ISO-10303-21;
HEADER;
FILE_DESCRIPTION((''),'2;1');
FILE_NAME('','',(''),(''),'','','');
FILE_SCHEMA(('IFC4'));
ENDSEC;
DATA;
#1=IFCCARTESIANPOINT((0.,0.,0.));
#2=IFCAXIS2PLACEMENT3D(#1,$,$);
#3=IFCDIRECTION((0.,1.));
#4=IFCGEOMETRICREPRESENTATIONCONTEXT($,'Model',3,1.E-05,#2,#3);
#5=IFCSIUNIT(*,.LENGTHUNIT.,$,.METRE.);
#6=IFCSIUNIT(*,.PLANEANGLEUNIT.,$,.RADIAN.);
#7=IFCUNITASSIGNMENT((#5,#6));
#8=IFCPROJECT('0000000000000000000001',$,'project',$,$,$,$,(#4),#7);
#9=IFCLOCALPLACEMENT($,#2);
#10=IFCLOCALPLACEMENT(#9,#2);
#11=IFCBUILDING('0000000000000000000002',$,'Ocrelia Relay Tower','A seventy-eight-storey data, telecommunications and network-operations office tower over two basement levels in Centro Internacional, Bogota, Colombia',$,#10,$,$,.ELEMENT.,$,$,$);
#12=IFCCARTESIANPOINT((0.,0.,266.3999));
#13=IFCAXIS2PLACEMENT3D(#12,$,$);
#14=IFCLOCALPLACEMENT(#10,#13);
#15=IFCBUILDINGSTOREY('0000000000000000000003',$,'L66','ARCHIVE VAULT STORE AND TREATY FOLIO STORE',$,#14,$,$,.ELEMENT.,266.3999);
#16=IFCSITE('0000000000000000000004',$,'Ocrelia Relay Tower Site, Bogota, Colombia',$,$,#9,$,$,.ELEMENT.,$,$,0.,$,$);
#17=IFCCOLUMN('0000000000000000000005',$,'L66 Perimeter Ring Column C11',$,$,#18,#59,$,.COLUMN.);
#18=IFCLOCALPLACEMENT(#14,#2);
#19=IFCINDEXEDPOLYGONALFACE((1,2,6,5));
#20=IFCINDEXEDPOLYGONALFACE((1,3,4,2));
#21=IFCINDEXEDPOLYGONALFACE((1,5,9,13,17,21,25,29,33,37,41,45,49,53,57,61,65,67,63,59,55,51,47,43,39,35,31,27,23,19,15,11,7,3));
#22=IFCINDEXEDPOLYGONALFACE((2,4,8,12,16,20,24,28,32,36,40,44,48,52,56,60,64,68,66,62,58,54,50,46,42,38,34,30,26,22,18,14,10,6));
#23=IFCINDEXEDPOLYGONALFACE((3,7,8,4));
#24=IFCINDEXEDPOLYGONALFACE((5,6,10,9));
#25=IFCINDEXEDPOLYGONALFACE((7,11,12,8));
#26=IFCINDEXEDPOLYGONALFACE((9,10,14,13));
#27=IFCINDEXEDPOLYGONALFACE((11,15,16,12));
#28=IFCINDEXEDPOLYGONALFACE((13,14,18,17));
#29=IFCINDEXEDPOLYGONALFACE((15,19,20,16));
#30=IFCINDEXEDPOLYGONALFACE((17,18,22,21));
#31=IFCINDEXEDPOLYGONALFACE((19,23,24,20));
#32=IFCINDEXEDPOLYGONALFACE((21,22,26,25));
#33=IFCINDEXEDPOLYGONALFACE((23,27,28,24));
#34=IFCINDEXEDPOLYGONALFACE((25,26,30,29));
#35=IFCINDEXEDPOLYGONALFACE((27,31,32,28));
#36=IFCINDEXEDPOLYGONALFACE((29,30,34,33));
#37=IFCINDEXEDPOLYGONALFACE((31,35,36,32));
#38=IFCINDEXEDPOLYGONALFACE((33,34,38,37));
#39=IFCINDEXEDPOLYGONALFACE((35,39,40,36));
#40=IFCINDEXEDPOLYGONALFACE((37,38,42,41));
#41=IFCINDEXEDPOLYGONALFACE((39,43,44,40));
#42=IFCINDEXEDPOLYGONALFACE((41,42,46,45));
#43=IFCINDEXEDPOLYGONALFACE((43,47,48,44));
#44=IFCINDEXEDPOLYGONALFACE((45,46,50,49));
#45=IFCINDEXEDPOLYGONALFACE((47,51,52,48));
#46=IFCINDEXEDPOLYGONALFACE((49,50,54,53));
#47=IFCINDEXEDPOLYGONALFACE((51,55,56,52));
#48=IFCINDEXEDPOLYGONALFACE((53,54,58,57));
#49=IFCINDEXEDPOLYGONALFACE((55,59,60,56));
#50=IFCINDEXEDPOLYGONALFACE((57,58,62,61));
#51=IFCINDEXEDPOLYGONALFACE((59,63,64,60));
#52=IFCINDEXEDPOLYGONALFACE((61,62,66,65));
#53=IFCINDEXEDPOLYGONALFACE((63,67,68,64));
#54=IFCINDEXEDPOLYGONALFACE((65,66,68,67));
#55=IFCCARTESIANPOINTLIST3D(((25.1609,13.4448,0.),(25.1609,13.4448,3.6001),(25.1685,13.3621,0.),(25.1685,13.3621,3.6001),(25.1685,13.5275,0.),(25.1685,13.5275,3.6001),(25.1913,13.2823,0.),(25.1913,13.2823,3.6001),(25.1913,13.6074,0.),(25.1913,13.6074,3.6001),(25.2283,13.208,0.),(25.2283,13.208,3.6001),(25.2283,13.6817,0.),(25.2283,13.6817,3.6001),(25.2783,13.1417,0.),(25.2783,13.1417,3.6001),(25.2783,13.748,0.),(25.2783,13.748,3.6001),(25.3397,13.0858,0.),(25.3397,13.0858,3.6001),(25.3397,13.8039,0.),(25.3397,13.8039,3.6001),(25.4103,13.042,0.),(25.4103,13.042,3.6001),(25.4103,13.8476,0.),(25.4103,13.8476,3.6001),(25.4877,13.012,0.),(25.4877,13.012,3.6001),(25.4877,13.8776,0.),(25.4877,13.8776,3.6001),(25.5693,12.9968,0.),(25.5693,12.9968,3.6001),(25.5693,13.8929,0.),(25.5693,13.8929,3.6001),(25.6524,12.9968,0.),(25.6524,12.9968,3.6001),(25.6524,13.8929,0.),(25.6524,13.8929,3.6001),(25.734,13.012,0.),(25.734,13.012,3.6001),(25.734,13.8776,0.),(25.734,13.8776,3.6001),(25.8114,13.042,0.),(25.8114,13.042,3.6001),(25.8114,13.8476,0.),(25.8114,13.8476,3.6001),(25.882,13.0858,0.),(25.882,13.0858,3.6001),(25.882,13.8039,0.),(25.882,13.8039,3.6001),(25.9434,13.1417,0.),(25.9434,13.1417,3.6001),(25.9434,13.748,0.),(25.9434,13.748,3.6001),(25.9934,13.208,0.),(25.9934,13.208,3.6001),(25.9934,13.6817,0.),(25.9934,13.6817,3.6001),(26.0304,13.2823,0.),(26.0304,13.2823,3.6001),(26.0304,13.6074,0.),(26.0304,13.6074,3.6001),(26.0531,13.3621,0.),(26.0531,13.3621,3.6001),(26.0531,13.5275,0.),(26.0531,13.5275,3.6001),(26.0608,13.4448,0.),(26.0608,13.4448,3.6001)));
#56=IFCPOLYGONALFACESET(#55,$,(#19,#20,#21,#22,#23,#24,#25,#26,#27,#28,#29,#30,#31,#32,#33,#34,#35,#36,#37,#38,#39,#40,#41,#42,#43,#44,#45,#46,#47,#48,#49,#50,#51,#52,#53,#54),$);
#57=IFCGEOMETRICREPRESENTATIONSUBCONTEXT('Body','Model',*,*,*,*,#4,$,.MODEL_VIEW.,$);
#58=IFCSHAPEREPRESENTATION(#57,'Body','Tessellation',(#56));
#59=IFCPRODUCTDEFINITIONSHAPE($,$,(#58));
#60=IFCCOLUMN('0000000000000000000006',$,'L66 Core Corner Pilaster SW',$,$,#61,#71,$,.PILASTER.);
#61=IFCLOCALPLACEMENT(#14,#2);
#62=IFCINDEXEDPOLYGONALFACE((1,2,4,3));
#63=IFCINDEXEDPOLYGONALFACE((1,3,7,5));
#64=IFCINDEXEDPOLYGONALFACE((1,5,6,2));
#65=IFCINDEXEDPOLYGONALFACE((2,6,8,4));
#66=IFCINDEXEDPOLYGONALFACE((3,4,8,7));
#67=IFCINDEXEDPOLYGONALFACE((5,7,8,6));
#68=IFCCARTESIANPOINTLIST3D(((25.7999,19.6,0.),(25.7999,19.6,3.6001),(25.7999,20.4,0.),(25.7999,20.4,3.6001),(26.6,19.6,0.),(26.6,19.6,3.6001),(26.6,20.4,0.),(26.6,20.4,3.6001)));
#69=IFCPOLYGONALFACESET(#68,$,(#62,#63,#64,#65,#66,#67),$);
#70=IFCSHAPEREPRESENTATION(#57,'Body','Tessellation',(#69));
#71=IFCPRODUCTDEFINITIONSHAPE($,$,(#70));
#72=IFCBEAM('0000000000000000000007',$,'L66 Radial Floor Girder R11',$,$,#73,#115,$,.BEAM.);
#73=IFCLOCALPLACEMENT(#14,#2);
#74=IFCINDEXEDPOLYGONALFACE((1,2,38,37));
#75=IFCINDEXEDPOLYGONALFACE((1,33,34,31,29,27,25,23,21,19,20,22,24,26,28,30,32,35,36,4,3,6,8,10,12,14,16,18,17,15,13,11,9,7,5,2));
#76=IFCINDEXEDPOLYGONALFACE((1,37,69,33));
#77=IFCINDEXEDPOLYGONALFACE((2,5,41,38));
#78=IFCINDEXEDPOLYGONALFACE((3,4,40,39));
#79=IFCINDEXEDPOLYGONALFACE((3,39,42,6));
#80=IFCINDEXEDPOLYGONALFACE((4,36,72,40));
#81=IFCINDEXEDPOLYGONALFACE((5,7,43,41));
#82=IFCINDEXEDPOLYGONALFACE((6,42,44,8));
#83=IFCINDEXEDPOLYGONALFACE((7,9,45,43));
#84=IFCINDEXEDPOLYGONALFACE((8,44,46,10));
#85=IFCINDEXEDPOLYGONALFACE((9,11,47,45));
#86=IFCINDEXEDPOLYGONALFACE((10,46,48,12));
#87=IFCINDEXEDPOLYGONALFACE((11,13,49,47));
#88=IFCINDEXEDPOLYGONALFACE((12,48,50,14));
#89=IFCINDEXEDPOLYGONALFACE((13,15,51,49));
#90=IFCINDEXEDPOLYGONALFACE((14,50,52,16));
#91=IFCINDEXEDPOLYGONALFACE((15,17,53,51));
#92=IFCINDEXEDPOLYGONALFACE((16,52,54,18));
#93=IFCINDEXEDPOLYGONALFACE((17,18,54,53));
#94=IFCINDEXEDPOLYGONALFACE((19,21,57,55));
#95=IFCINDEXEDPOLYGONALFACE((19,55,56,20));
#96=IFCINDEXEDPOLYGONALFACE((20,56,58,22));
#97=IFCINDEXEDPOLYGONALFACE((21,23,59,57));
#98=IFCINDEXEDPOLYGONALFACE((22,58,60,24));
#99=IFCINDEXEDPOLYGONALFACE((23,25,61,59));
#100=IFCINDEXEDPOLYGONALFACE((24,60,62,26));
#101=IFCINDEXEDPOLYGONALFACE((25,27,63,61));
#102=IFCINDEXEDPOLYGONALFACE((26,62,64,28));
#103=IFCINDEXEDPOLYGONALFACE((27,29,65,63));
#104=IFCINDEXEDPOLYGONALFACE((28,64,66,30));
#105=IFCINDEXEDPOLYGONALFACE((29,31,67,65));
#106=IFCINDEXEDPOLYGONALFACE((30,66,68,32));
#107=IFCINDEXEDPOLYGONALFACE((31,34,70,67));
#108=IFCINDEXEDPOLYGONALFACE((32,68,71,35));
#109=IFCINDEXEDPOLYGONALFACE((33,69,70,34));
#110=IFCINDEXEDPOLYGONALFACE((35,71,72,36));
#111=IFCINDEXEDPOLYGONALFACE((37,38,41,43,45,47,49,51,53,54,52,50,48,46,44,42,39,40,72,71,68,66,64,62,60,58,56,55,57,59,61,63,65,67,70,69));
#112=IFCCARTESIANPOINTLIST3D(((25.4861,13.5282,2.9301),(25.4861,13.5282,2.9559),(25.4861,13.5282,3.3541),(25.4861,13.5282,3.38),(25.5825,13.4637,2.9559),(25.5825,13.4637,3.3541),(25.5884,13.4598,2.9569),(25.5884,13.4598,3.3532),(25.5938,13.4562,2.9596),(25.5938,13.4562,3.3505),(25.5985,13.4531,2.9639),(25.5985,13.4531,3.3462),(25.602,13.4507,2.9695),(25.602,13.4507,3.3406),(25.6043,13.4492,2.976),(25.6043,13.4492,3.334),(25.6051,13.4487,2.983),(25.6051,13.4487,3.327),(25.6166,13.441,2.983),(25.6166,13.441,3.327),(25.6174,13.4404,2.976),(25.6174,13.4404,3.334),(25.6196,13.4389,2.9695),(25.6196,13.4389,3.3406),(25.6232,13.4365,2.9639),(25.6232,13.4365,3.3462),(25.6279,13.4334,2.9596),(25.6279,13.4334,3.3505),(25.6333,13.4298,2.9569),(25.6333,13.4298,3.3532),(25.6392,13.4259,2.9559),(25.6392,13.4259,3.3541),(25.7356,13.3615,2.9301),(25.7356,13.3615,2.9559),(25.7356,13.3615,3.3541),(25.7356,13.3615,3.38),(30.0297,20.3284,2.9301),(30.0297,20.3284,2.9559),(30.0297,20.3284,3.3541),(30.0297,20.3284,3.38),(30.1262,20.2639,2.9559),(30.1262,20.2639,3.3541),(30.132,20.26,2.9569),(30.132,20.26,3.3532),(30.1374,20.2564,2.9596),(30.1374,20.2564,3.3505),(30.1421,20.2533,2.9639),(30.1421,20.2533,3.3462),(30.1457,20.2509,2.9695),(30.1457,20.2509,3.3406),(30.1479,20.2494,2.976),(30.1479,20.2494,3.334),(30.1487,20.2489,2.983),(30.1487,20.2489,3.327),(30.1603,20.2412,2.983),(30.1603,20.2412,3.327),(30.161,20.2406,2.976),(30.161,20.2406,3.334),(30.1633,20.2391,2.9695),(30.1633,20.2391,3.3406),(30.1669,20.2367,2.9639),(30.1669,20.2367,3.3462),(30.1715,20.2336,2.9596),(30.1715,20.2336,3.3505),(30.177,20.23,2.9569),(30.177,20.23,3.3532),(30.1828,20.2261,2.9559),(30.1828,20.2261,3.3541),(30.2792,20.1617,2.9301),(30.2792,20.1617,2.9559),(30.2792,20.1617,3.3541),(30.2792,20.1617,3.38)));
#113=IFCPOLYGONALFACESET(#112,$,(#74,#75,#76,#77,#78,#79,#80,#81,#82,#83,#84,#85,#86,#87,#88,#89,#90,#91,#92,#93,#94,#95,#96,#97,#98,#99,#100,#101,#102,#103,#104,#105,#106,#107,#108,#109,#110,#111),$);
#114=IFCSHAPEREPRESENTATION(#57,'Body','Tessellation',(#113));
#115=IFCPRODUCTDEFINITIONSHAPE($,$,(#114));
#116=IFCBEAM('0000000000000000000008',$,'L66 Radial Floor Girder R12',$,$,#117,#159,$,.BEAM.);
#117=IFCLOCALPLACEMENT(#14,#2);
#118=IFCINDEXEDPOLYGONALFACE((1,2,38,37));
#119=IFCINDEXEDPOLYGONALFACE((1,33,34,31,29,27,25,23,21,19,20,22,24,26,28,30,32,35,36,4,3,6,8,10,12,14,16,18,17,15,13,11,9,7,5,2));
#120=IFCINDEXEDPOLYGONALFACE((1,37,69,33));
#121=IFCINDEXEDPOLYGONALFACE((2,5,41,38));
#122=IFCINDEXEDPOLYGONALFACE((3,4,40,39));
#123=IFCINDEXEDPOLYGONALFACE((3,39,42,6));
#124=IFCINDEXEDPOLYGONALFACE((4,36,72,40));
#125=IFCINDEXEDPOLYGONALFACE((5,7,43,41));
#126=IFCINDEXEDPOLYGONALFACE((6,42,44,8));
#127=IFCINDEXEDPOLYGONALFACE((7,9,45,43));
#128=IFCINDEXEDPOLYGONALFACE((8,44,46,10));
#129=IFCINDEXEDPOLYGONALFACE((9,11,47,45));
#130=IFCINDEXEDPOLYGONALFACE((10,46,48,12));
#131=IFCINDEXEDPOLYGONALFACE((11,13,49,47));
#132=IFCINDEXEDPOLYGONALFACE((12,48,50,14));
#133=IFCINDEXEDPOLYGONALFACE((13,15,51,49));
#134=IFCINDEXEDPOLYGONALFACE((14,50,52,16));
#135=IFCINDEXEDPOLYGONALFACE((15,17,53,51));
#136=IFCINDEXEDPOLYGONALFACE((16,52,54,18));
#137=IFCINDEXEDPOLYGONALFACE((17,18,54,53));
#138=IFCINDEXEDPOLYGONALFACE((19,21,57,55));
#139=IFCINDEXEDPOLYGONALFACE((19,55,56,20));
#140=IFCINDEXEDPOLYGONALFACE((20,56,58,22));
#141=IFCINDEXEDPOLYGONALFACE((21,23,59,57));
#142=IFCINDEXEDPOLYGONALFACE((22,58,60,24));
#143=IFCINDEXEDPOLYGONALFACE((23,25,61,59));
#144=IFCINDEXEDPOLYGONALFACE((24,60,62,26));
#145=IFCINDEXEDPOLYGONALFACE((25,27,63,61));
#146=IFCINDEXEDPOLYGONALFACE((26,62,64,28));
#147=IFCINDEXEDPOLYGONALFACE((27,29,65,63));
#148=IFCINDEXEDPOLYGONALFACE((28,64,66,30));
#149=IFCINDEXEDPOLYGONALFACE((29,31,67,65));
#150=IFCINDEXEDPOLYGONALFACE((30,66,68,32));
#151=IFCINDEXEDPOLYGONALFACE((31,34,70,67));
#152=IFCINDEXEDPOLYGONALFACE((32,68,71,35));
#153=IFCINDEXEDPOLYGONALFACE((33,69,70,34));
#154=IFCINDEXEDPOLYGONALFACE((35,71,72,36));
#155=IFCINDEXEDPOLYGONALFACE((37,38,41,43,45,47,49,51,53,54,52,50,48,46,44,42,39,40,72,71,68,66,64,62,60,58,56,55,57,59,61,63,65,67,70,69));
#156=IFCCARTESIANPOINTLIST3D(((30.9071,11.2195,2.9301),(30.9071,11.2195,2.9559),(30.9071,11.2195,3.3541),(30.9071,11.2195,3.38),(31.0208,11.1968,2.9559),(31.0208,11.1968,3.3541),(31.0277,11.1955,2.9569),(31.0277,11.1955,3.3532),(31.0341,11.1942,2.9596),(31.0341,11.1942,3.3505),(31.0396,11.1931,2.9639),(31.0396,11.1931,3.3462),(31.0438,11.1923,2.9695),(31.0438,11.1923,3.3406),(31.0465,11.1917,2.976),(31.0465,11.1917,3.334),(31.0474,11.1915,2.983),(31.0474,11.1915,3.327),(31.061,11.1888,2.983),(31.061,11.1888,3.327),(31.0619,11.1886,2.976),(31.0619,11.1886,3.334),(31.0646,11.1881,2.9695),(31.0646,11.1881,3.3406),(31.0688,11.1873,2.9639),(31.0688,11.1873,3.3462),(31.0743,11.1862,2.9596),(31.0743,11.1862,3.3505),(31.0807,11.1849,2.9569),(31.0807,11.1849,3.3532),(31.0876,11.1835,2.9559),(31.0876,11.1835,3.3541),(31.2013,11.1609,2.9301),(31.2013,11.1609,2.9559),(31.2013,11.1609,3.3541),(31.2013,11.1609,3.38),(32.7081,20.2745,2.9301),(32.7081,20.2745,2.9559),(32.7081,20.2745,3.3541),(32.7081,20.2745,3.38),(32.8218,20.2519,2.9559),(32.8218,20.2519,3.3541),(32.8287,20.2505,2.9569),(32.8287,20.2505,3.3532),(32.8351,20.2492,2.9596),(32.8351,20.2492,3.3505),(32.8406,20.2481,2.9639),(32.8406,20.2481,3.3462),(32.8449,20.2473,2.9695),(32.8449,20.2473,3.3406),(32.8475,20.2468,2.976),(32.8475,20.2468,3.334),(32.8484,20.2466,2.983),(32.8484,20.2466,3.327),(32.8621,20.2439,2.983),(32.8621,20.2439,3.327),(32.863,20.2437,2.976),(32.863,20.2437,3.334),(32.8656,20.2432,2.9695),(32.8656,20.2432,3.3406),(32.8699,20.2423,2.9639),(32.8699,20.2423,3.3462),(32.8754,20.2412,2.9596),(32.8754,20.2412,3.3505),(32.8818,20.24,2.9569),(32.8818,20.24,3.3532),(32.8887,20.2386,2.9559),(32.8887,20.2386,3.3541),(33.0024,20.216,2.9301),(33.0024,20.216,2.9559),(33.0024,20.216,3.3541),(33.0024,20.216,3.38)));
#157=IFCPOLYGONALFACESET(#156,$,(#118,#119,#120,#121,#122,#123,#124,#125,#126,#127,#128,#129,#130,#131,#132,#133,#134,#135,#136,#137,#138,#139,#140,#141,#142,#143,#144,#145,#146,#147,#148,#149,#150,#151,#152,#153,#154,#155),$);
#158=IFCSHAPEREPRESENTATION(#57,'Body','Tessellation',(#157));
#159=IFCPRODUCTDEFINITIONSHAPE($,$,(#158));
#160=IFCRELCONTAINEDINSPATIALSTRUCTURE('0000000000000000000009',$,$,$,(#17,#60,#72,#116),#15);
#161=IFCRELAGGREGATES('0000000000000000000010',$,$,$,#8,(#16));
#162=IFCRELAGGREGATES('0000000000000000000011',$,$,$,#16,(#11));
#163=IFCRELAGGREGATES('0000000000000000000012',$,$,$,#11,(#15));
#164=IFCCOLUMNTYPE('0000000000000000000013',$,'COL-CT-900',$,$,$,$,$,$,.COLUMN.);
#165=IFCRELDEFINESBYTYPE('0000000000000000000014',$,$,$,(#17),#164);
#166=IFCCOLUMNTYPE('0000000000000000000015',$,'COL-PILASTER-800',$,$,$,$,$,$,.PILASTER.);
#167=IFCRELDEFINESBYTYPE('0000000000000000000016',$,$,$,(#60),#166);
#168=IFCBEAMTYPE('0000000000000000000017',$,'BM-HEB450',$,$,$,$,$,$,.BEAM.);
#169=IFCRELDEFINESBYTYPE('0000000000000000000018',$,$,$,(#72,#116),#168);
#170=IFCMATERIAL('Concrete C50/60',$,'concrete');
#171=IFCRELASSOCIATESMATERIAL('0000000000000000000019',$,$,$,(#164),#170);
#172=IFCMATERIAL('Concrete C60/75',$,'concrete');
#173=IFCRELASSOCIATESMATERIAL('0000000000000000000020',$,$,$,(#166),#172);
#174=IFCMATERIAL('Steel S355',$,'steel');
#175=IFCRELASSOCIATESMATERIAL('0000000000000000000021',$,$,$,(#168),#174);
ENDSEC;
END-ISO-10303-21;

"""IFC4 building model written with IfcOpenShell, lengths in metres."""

from ifc_helpers import new_model, si_unit, direction, frame, origin, origin_2d, place, context, subcontext, project, spatial, rectangle, circle, i_section, extrude, material, material_profile, profile_set, type_object, element, save


model = new_model("IFC4")

# Units and contexts
model_context = context("Model", 3, precision=1e-05, world=origin(), true_north=direction((0.0, 1.0)))
body_context = subcontext(model_context, "Body", "Model", "MODEL_VIEW")
ifc_project = project(units=[si_unit("LENGTHUNIT", "METRE"), si_unit("PLANEANGLEUNIT", "RADIAN")], contexts=[model_context])

# Site, building, storey
site_placement = place(None, origin())
site = spatial("IfcSite", under=ifc_project, at=site_placement, Name="Ocrelia Relay Tower Site, Bogota, Colombia", CompositionType="ELEMENT", RefElevation=0.0)
building_placement = place(site_placement, origin())
building = spatial("IfcBuilding", under=site, at=building_placement, Name="Ocrelia Relay Tower", Description="A seventy-eight-storey data, telecommunications and network-operations office tower over two basement levels in Centro Internacional, Bogota, Colombia", CompositionType="ELEMENT")
storey_placement = place(building_placement, frame((0.0, 0.0, 266.3999)))
storey = spatial("IfcBuildingStorey", under=building, at=storey_placement, Name="L66", Description="ARCHIVE VAULT STORE AND TREATY FOLIO STORE", CompositionType="ELEMENT", Elevation=266.3999)

# Columns
ifc_material_1 = material(Name="Concrete C50/60", Category="concrete")
ifc_material_profile_1 = material_profile(ifc_material_1, circle(Radius=0.45, at=origin_2d()), Name="RC-CIR-900")
ifc_profile_set_1 = profile_set([ifc_material_profile_1], Name="Concrete C50/60")
column_type_1 = type_object("IfcColumnType", Name="COL-CT-900", PredefinedType="COLUMN", material=ifc_profile_set_1)
column_1_placement = place(storey_placement, frame((25.6108, 13.4448, 0.0), z_axis=(0.0, 0.0, 1.0), x_axis=(1.0, 0.0, 0.0)))
element("IfcColumn", 1, at=column_1_placement, inside=storey, type_object=column_type_1, Name="L66 Perimeter Ring Column C11", PredefinedType="COLUMN", context=body_context, shape_type="SweptSolid", body=[
    extrude(circle(Radius=0.45, at=origin_2d()), origin(), (0.0, 0.0, 1.0), 3.6001),
])
ifc_material_2 = material(Name="Concrete C60/75", Category="concrete")
ifc_material_profile_2 = material_profile(ifc_material_2, rectangle(XDim=0.8, YDim=0.8, at=origin_2d()), Name="RC-COL-800x800")
ifc_profile_set_2 = profile_set([ifc_material_profile_2], Name="Concrete C60/75")
column_type_2 = type_object("IfcColumnType", Name="COL-PILASTER-800", PredefinedType="PILASTER", material=ifc_profile_set_2)
column_2_placement = place(storey_placement, frame((26.2, 20.0, 0.0), z_axis=(0.0, 0.0, 1.0), x_axis=(1.0, 0.0, 0.0)))
element("IfcColumn", 2, at=column_2_placement, inside=storey, type_object=column_type_2, Name="L66 Core Corner Pilaster SW", PredefinedType="PILASTER", context=body_context, shape_type="SweptSolid", body=[
    extrude(rectangle(XDim=0.8, YDim=0.8, at=origin_2d()), origin(), (0.0, 0.0, 1.0), 3.6001),
])

# Beams
ifc_material_3 = material(Name="Steel S355", Category="steel")
ifc_material_profile_3 = material_profile(ifc_material_3, i_section(OverallWidth=0.3, OverallDepth=0.45, WebThickness=0.0139, FlangeThickness=0.0259, FilletRadius=0.0271, at=origin_2d()), Name="HEB 450")
ifc_profile_set_3 = profile_set([ifc_material_profile_3], Name="Steel S355")
beam_type_1 = type_object("IfcBeamType", Name="BM-HEB450", PredefinedType="BEAM", material=ifc_profile_set_3)
beam_1_placement = place(storey_placement, frame((25.6108, 13.4448, 3.155), z_axis=(0.555561, 0.831476, 0.0), x_axis=(-0.831476, 0.555561, 0.0)))
element("IfcBeam", 3, at=beam_1_placement, inside=storey, type_object=beam_type_1, Name="L66 Radial Floor Girder R11", PredefinedType="BEAM", context=body_context, shape_type="SweptSolid", body=[
    extrude(i_section(OverallWidth=0.3, OverallDepth=0.45, WebThickness=0.0139, FlangeThickness=0.0259, FilletRadius=0.0271, at=origin_2d()), origin(), (0.0, 0.0, 1.0), 8.1785),
])
beam_2_placement = place(storey_placement, frame((31.0542, 11.1902, 3.155), z_axis=(0.195079, 0.980788, 0.0), x_axis=(-0.980788, 0.195079, 0.0)))
element("IfcBeam", 4, at=beam_2_placement, inside=storey, type_object=beam_type_1, Name="L66 Radial Floor Girder R12", PredefinedType="BEAM", context=body_context, shape_type="SweptSolid", body=[
    extrude(i_section(OverallWidth=0.3, OverallDepth=0.45, WebThickness=0.0139, FlangeThickness=0.0259, FilletRadius=0.0271, at=origin_2d()), origin(), (0.0, 0.0, 1.0), 9.2324),
])

save(model, "model.ifc")
